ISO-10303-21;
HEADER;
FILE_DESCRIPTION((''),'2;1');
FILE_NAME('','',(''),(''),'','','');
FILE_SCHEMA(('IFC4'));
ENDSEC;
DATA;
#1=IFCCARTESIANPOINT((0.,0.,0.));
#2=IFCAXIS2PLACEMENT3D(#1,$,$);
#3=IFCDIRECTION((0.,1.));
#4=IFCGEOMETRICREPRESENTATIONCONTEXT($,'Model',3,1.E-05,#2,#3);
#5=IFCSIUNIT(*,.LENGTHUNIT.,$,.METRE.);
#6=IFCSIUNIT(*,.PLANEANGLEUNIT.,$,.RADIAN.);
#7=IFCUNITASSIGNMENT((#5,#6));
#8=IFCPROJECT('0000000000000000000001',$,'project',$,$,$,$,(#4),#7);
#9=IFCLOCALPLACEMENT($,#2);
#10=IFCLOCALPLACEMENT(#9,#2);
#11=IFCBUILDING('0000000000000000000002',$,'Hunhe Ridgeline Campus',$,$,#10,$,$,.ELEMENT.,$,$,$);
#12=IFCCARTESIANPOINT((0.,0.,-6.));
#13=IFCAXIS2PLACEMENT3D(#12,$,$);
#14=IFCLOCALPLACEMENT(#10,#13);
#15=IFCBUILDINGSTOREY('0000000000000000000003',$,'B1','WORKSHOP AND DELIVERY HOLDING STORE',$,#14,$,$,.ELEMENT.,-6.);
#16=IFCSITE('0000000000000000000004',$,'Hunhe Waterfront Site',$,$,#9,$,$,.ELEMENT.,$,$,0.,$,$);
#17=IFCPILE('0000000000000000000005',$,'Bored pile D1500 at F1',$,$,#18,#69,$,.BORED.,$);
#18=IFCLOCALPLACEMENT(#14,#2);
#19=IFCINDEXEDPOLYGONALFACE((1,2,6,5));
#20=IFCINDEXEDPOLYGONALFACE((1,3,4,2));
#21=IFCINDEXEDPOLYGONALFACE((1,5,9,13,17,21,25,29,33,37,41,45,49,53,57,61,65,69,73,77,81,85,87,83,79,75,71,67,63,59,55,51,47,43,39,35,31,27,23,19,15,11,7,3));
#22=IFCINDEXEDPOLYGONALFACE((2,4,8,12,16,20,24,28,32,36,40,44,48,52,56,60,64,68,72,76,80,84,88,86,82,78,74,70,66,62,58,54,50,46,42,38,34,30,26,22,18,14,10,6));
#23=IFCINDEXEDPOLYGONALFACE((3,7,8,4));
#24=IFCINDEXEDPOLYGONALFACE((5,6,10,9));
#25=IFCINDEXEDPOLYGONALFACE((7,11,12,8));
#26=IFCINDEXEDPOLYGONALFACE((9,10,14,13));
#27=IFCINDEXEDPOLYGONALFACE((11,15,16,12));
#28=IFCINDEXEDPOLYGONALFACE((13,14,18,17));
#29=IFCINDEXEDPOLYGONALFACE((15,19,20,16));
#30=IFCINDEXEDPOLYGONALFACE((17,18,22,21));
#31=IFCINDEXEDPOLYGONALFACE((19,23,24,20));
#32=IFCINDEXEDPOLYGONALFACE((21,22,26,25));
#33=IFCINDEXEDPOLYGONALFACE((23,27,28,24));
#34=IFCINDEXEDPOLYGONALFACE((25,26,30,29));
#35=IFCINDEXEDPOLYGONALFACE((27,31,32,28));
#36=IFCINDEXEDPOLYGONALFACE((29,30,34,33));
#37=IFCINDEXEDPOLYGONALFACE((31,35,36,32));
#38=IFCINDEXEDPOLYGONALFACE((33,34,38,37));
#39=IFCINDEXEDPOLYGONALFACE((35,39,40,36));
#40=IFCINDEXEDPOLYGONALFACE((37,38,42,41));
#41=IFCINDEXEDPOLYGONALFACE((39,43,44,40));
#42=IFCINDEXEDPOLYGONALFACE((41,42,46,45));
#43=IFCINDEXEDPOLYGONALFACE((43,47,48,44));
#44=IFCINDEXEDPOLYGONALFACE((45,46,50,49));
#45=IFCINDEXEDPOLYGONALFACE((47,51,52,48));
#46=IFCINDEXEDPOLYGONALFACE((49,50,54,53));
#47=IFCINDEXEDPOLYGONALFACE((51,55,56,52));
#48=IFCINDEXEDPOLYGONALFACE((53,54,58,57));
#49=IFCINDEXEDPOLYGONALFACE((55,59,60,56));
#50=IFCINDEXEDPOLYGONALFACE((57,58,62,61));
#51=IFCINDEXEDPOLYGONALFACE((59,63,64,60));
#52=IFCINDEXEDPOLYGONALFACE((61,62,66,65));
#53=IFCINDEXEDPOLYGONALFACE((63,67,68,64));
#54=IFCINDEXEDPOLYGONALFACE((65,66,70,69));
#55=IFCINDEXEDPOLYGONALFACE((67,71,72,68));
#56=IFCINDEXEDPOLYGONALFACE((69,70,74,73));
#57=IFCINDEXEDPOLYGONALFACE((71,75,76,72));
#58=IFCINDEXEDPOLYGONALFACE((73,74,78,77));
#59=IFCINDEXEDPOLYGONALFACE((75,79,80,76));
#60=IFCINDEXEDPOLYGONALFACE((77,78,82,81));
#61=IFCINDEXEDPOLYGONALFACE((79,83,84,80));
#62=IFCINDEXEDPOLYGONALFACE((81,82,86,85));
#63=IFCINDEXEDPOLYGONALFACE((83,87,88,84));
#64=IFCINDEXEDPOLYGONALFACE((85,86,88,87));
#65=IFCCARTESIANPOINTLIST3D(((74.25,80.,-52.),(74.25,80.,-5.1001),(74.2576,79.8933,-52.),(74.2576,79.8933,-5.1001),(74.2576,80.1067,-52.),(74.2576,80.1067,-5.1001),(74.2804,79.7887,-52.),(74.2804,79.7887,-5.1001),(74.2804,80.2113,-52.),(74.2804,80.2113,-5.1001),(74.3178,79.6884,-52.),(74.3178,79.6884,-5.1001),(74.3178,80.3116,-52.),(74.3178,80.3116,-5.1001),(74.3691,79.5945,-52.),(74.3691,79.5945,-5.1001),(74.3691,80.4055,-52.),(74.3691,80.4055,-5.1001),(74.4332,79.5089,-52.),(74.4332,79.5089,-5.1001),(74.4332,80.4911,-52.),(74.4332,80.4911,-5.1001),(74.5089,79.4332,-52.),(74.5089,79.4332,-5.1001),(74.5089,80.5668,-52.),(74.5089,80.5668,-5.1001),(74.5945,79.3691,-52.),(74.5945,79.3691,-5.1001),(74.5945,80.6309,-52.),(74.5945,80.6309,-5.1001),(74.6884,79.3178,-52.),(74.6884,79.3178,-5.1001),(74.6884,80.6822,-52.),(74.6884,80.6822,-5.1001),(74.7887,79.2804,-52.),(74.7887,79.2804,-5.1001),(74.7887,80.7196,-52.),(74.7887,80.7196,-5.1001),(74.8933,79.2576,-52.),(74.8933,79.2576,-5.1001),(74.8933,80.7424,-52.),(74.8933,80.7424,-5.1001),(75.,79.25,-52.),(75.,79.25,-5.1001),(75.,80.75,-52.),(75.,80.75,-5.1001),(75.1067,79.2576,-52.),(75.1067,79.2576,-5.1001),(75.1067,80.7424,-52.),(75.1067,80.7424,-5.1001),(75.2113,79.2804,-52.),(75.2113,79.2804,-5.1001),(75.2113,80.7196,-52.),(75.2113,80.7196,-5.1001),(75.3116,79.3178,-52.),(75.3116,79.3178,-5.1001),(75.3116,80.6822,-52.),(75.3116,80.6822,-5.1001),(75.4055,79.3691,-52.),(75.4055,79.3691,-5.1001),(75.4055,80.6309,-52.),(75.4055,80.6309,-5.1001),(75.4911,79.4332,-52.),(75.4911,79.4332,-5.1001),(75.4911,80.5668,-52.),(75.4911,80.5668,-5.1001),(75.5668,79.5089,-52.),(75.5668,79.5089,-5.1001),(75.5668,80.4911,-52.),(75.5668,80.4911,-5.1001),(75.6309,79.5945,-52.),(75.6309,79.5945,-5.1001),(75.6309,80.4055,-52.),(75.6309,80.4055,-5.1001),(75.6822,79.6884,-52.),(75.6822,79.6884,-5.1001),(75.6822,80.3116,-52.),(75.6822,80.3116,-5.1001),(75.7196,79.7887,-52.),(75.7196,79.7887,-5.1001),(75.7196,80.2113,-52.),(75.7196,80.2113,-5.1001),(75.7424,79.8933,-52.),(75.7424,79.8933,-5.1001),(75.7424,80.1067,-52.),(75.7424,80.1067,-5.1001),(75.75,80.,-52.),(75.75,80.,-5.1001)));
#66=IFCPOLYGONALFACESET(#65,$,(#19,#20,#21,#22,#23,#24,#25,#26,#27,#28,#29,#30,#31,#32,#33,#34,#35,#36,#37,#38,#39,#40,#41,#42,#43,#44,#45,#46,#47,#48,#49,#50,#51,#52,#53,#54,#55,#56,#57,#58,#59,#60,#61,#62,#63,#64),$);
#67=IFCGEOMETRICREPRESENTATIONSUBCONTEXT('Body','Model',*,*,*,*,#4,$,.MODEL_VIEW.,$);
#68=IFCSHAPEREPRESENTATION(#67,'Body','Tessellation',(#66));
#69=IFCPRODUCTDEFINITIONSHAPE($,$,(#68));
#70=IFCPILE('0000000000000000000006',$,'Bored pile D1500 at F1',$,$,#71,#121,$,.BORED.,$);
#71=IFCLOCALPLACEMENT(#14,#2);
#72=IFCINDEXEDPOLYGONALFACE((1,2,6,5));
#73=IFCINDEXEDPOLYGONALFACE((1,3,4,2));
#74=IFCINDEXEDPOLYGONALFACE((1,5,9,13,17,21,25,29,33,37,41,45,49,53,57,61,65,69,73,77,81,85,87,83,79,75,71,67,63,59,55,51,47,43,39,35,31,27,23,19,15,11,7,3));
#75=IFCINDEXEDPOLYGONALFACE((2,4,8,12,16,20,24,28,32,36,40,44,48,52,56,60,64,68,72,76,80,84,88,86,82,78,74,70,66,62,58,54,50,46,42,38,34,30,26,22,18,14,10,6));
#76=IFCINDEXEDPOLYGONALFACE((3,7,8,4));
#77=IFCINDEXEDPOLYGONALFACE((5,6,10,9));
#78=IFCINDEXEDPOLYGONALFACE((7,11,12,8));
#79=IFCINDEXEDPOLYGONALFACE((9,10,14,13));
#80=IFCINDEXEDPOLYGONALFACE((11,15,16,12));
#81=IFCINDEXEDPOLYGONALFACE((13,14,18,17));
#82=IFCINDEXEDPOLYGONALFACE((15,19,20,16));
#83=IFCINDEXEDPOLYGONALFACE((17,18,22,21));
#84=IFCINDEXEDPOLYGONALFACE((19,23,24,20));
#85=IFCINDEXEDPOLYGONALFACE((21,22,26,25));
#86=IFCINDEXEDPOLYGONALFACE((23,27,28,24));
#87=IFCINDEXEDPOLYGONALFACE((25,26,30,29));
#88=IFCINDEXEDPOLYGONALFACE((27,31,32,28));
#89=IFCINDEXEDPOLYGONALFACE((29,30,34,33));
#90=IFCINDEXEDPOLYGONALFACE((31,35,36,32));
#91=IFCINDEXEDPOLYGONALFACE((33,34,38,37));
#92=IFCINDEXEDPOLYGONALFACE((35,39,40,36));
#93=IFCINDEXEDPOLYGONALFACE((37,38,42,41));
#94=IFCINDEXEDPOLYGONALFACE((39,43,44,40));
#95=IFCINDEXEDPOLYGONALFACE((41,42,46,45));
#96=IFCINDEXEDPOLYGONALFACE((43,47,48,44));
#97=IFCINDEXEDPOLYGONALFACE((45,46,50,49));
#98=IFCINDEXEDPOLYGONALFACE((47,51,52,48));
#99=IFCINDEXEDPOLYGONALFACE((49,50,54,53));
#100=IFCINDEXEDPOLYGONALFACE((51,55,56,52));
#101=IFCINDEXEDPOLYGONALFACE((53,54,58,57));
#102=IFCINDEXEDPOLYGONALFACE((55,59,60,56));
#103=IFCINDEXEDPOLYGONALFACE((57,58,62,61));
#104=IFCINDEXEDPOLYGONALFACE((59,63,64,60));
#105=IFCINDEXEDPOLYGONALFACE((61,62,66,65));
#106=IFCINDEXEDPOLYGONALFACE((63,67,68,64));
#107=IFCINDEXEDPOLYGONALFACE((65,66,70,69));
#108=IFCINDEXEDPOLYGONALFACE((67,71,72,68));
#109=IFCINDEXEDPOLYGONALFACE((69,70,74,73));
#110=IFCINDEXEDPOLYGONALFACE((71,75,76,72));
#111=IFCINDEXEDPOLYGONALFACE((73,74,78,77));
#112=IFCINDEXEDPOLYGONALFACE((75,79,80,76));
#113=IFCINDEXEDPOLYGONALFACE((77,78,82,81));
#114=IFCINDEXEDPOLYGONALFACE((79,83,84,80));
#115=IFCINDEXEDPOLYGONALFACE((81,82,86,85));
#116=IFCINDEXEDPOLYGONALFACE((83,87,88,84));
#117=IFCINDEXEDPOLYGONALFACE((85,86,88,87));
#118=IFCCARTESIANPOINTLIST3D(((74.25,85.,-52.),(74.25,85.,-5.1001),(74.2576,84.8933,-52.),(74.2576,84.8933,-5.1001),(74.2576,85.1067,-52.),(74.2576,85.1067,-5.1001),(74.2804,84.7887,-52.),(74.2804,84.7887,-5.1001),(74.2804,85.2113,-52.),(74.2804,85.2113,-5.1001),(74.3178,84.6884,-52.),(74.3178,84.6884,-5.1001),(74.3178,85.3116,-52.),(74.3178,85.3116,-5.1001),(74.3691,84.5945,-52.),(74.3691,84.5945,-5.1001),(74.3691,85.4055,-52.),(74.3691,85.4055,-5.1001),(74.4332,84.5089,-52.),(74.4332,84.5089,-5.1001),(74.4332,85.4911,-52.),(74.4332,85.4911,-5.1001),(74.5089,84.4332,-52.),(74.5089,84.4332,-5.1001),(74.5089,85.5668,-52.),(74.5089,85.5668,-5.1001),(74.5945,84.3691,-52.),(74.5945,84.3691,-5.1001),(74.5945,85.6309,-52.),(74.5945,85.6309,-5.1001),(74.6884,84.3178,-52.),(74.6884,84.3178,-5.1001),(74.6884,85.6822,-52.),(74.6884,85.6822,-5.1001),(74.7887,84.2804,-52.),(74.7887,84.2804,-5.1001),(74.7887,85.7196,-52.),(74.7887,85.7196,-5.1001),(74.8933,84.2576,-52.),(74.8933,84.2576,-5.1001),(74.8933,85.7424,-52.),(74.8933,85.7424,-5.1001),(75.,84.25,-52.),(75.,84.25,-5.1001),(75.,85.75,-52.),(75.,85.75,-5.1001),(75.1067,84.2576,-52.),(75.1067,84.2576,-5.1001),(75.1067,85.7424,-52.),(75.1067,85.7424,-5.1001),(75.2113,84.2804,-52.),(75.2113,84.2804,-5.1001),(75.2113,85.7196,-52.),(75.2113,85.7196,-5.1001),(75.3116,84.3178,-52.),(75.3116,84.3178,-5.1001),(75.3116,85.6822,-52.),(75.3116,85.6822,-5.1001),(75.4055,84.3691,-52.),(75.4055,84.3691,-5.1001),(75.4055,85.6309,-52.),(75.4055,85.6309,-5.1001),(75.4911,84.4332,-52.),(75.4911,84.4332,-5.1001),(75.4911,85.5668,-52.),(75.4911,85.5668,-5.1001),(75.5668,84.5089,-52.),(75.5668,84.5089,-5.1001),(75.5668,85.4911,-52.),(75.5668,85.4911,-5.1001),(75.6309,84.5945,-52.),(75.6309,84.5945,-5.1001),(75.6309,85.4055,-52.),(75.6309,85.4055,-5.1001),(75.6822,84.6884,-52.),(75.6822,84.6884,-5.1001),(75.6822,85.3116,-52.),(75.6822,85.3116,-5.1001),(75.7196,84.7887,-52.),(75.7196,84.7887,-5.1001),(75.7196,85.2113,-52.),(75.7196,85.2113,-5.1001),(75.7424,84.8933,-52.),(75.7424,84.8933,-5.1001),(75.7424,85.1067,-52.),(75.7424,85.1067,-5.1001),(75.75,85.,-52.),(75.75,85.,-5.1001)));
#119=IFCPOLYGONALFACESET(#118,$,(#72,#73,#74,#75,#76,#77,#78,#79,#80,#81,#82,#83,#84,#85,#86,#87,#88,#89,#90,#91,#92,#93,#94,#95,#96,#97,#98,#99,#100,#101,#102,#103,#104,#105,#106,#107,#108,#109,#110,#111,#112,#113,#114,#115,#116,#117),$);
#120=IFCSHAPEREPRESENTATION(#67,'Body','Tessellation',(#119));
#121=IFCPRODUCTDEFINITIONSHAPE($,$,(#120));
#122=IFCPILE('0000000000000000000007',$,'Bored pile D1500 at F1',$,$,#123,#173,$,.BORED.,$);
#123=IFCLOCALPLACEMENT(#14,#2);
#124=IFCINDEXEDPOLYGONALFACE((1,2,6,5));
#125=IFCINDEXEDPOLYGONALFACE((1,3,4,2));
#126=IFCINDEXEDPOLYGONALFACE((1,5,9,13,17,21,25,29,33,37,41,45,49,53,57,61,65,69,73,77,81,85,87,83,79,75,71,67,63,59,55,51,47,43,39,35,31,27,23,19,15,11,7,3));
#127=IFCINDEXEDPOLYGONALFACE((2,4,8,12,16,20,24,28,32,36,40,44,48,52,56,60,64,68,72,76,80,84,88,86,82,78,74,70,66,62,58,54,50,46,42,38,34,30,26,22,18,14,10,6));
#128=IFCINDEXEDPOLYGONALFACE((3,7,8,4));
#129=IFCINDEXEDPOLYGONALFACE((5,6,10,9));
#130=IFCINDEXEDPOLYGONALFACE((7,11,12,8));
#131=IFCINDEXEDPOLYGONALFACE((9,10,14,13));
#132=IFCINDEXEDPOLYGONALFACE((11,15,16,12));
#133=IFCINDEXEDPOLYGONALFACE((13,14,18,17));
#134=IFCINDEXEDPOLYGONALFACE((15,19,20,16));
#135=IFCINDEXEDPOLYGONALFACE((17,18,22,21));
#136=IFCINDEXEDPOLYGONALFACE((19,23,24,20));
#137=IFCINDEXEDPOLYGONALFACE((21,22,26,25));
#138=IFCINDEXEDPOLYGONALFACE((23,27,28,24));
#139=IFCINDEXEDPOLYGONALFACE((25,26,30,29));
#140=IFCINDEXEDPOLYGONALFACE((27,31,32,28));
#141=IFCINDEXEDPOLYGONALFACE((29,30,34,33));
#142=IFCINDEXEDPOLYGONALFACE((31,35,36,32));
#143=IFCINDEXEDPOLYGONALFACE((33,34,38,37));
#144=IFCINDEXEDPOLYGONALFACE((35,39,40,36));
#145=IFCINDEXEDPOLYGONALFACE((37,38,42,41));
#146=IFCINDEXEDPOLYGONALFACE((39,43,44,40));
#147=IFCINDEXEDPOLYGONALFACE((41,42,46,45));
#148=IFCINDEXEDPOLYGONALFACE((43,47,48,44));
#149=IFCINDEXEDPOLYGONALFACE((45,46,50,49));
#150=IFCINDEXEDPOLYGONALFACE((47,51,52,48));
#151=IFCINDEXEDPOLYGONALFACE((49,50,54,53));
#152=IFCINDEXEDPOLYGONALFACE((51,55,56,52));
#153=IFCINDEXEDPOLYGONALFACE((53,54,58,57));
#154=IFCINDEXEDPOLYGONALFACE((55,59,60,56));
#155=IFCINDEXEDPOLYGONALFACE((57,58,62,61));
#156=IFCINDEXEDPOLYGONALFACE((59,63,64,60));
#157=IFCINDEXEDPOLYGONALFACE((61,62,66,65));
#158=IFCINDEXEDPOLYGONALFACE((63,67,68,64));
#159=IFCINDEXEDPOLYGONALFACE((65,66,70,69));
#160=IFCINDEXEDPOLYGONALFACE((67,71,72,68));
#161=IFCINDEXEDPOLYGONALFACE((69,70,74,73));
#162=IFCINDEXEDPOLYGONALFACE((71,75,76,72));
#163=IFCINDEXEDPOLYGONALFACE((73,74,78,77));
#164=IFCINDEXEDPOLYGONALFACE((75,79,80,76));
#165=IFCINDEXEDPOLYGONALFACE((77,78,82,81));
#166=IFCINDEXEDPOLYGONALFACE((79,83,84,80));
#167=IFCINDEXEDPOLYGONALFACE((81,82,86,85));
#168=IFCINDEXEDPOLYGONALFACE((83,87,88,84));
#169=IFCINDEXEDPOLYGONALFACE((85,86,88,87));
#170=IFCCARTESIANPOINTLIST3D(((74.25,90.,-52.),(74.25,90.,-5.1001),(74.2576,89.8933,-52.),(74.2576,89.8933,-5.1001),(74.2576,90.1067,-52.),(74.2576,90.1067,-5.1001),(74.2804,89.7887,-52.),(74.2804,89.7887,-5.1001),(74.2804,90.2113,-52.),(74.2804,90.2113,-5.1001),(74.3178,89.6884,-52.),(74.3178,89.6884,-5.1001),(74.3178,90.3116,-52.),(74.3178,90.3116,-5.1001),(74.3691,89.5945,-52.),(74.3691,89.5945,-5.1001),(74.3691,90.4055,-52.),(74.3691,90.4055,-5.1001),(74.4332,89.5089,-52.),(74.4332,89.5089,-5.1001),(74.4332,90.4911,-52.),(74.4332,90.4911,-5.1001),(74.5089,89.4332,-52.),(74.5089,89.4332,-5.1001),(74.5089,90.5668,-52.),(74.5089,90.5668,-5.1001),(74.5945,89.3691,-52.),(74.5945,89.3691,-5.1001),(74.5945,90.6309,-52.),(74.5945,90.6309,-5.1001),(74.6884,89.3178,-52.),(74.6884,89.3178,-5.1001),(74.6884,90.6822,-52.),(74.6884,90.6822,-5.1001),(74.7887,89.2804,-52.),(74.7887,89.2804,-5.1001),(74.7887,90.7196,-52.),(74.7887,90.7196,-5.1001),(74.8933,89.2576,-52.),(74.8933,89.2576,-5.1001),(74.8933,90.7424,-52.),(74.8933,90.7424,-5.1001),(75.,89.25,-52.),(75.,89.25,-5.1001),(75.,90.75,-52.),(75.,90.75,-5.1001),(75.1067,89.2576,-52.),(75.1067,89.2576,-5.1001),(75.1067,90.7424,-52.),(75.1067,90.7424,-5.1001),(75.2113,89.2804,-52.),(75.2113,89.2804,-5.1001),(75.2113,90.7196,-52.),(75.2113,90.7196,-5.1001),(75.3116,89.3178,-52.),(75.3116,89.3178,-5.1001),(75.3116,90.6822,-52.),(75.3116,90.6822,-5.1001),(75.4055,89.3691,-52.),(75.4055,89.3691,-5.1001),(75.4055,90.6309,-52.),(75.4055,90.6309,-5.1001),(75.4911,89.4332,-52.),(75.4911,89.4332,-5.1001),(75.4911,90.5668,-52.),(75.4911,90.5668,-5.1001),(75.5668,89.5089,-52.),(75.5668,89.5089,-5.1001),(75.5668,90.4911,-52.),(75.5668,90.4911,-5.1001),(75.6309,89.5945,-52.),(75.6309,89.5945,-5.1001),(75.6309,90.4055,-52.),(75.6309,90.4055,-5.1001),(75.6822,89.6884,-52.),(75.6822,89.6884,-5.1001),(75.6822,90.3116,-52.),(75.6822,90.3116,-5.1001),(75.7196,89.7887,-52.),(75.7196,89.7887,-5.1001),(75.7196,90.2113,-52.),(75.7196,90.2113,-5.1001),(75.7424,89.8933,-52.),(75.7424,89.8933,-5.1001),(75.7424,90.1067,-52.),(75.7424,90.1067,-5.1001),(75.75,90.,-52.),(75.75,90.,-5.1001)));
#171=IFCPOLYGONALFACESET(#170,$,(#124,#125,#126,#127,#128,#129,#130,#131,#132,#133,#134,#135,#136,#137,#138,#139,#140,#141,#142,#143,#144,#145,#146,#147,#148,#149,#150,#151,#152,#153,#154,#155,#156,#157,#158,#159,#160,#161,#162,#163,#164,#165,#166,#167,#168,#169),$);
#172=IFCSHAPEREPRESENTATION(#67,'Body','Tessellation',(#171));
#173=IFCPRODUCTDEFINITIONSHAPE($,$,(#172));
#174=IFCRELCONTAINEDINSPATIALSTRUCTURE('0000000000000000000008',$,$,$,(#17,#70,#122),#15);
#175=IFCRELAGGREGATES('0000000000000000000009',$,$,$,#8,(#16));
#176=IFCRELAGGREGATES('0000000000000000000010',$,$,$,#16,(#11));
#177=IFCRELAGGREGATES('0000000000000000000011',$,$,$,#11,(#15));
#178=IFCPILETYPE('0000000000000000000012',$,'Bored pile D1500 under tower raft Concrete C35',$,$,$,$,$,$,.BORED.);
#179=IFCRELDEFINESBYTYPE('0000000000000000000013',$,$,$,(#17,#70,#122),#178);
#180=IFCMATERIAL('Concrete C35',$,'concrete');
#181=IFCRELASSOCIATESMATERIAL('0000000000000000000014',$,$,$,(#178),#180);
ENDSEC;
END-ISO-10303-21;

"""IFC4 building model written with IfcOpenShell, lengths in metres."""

from ifc_helpers import new_model, si_unit, direction, frame, origin, origin_2d, place, context, subcontext, project, spatial, circle, extrude, material, material_profile, profile_set, type_object, element, save


model = new_model("IFC4")

# Units and contexts
model_context = context("Model", 3, precision=1e-05, world=origin(), true_north=direction((0.0, 1.0)))
body_context = subcontext(model_context, "Body", "Model", "MODEL_VIEW")
ifc_project = project(units=[si_unit("LENGTHUNIT", "METRE"), si_unit("PLANEANGLEUNIT", "RADIAN")], contexts=[model_context])

# Site, building, storey
site_placement = place(None, origin())
site = spatial("IfcSite", under=ifc_project, at=site_placement, Name="Hunhe Waterfront Site", CompositionType="ELEMENT", RefElevation=0.0)
building_placement = place(site_placement, origin())
building = spatial("IfcBuilding", under=site, at=building_placement, Name="Hunhe Ridgeline Campus", CompositionType="ELEMENT")
storey_placement = place(building_placement, frame((0.0, 0.0, -6.0)))
storey = spatial("IfcBuildingStorey", under=building, at=storey_placement, Name="B1", Description="WORKSHOP AND DELIVERY HOLDING STORE", CompositionType="ELEMENT", Elevation=-6.0)

# Piles
ifc_material_1 = material(Name="Concrete C35", Category="concrete")
ifc_material_profile_1 = material_profile(ifc_material_1, circle(Radius=0.75, at=origin_2d()))
ifc_profile_set_1 = profile_set([ifc_material_profile_1], Name="Concrete C35")
pile_type = type_object("IfcPileType", Name="Bored pile D1500 under tower raft Concrete C35", PredefinedType="BORED", material=ifc_profile_set_1)
for number, where, z_axis, x_axis, name in (
    (1, (75.0, 80.0, -5.1001), (0.0, 0.0, -1.0), (1.0, 0.0, 0.0), "Bored pile D1500 at F1"),
    (2, (75.0, 85.0, -5.1001), (0.0, 0.0, -1.0), (1.0, 0.0, 0.0), "Bored pile D1500 at F1"),
    (3, (75.0, 90.0, -5.1001), (0.0, 0.0, -1.0), (1.0, 0.0, 0.0), "Bored pile D1500 at F1"),
):
    element("IfcPile", number, at=place(storey_placement, frame(where, z_axis=z_axis, x_axis=x_axis)), inside=storey, type_object=pile_type, Name=name, PredefinedType="BORED", context=body_context, shape_type="SweptSolid", body=[
        extrude(circle(Radius=0.75, at=origin_2d()), origin(), (0.0, 0.0, 1.0), 46.8999),
    ])

save(model, "model.ifc")
